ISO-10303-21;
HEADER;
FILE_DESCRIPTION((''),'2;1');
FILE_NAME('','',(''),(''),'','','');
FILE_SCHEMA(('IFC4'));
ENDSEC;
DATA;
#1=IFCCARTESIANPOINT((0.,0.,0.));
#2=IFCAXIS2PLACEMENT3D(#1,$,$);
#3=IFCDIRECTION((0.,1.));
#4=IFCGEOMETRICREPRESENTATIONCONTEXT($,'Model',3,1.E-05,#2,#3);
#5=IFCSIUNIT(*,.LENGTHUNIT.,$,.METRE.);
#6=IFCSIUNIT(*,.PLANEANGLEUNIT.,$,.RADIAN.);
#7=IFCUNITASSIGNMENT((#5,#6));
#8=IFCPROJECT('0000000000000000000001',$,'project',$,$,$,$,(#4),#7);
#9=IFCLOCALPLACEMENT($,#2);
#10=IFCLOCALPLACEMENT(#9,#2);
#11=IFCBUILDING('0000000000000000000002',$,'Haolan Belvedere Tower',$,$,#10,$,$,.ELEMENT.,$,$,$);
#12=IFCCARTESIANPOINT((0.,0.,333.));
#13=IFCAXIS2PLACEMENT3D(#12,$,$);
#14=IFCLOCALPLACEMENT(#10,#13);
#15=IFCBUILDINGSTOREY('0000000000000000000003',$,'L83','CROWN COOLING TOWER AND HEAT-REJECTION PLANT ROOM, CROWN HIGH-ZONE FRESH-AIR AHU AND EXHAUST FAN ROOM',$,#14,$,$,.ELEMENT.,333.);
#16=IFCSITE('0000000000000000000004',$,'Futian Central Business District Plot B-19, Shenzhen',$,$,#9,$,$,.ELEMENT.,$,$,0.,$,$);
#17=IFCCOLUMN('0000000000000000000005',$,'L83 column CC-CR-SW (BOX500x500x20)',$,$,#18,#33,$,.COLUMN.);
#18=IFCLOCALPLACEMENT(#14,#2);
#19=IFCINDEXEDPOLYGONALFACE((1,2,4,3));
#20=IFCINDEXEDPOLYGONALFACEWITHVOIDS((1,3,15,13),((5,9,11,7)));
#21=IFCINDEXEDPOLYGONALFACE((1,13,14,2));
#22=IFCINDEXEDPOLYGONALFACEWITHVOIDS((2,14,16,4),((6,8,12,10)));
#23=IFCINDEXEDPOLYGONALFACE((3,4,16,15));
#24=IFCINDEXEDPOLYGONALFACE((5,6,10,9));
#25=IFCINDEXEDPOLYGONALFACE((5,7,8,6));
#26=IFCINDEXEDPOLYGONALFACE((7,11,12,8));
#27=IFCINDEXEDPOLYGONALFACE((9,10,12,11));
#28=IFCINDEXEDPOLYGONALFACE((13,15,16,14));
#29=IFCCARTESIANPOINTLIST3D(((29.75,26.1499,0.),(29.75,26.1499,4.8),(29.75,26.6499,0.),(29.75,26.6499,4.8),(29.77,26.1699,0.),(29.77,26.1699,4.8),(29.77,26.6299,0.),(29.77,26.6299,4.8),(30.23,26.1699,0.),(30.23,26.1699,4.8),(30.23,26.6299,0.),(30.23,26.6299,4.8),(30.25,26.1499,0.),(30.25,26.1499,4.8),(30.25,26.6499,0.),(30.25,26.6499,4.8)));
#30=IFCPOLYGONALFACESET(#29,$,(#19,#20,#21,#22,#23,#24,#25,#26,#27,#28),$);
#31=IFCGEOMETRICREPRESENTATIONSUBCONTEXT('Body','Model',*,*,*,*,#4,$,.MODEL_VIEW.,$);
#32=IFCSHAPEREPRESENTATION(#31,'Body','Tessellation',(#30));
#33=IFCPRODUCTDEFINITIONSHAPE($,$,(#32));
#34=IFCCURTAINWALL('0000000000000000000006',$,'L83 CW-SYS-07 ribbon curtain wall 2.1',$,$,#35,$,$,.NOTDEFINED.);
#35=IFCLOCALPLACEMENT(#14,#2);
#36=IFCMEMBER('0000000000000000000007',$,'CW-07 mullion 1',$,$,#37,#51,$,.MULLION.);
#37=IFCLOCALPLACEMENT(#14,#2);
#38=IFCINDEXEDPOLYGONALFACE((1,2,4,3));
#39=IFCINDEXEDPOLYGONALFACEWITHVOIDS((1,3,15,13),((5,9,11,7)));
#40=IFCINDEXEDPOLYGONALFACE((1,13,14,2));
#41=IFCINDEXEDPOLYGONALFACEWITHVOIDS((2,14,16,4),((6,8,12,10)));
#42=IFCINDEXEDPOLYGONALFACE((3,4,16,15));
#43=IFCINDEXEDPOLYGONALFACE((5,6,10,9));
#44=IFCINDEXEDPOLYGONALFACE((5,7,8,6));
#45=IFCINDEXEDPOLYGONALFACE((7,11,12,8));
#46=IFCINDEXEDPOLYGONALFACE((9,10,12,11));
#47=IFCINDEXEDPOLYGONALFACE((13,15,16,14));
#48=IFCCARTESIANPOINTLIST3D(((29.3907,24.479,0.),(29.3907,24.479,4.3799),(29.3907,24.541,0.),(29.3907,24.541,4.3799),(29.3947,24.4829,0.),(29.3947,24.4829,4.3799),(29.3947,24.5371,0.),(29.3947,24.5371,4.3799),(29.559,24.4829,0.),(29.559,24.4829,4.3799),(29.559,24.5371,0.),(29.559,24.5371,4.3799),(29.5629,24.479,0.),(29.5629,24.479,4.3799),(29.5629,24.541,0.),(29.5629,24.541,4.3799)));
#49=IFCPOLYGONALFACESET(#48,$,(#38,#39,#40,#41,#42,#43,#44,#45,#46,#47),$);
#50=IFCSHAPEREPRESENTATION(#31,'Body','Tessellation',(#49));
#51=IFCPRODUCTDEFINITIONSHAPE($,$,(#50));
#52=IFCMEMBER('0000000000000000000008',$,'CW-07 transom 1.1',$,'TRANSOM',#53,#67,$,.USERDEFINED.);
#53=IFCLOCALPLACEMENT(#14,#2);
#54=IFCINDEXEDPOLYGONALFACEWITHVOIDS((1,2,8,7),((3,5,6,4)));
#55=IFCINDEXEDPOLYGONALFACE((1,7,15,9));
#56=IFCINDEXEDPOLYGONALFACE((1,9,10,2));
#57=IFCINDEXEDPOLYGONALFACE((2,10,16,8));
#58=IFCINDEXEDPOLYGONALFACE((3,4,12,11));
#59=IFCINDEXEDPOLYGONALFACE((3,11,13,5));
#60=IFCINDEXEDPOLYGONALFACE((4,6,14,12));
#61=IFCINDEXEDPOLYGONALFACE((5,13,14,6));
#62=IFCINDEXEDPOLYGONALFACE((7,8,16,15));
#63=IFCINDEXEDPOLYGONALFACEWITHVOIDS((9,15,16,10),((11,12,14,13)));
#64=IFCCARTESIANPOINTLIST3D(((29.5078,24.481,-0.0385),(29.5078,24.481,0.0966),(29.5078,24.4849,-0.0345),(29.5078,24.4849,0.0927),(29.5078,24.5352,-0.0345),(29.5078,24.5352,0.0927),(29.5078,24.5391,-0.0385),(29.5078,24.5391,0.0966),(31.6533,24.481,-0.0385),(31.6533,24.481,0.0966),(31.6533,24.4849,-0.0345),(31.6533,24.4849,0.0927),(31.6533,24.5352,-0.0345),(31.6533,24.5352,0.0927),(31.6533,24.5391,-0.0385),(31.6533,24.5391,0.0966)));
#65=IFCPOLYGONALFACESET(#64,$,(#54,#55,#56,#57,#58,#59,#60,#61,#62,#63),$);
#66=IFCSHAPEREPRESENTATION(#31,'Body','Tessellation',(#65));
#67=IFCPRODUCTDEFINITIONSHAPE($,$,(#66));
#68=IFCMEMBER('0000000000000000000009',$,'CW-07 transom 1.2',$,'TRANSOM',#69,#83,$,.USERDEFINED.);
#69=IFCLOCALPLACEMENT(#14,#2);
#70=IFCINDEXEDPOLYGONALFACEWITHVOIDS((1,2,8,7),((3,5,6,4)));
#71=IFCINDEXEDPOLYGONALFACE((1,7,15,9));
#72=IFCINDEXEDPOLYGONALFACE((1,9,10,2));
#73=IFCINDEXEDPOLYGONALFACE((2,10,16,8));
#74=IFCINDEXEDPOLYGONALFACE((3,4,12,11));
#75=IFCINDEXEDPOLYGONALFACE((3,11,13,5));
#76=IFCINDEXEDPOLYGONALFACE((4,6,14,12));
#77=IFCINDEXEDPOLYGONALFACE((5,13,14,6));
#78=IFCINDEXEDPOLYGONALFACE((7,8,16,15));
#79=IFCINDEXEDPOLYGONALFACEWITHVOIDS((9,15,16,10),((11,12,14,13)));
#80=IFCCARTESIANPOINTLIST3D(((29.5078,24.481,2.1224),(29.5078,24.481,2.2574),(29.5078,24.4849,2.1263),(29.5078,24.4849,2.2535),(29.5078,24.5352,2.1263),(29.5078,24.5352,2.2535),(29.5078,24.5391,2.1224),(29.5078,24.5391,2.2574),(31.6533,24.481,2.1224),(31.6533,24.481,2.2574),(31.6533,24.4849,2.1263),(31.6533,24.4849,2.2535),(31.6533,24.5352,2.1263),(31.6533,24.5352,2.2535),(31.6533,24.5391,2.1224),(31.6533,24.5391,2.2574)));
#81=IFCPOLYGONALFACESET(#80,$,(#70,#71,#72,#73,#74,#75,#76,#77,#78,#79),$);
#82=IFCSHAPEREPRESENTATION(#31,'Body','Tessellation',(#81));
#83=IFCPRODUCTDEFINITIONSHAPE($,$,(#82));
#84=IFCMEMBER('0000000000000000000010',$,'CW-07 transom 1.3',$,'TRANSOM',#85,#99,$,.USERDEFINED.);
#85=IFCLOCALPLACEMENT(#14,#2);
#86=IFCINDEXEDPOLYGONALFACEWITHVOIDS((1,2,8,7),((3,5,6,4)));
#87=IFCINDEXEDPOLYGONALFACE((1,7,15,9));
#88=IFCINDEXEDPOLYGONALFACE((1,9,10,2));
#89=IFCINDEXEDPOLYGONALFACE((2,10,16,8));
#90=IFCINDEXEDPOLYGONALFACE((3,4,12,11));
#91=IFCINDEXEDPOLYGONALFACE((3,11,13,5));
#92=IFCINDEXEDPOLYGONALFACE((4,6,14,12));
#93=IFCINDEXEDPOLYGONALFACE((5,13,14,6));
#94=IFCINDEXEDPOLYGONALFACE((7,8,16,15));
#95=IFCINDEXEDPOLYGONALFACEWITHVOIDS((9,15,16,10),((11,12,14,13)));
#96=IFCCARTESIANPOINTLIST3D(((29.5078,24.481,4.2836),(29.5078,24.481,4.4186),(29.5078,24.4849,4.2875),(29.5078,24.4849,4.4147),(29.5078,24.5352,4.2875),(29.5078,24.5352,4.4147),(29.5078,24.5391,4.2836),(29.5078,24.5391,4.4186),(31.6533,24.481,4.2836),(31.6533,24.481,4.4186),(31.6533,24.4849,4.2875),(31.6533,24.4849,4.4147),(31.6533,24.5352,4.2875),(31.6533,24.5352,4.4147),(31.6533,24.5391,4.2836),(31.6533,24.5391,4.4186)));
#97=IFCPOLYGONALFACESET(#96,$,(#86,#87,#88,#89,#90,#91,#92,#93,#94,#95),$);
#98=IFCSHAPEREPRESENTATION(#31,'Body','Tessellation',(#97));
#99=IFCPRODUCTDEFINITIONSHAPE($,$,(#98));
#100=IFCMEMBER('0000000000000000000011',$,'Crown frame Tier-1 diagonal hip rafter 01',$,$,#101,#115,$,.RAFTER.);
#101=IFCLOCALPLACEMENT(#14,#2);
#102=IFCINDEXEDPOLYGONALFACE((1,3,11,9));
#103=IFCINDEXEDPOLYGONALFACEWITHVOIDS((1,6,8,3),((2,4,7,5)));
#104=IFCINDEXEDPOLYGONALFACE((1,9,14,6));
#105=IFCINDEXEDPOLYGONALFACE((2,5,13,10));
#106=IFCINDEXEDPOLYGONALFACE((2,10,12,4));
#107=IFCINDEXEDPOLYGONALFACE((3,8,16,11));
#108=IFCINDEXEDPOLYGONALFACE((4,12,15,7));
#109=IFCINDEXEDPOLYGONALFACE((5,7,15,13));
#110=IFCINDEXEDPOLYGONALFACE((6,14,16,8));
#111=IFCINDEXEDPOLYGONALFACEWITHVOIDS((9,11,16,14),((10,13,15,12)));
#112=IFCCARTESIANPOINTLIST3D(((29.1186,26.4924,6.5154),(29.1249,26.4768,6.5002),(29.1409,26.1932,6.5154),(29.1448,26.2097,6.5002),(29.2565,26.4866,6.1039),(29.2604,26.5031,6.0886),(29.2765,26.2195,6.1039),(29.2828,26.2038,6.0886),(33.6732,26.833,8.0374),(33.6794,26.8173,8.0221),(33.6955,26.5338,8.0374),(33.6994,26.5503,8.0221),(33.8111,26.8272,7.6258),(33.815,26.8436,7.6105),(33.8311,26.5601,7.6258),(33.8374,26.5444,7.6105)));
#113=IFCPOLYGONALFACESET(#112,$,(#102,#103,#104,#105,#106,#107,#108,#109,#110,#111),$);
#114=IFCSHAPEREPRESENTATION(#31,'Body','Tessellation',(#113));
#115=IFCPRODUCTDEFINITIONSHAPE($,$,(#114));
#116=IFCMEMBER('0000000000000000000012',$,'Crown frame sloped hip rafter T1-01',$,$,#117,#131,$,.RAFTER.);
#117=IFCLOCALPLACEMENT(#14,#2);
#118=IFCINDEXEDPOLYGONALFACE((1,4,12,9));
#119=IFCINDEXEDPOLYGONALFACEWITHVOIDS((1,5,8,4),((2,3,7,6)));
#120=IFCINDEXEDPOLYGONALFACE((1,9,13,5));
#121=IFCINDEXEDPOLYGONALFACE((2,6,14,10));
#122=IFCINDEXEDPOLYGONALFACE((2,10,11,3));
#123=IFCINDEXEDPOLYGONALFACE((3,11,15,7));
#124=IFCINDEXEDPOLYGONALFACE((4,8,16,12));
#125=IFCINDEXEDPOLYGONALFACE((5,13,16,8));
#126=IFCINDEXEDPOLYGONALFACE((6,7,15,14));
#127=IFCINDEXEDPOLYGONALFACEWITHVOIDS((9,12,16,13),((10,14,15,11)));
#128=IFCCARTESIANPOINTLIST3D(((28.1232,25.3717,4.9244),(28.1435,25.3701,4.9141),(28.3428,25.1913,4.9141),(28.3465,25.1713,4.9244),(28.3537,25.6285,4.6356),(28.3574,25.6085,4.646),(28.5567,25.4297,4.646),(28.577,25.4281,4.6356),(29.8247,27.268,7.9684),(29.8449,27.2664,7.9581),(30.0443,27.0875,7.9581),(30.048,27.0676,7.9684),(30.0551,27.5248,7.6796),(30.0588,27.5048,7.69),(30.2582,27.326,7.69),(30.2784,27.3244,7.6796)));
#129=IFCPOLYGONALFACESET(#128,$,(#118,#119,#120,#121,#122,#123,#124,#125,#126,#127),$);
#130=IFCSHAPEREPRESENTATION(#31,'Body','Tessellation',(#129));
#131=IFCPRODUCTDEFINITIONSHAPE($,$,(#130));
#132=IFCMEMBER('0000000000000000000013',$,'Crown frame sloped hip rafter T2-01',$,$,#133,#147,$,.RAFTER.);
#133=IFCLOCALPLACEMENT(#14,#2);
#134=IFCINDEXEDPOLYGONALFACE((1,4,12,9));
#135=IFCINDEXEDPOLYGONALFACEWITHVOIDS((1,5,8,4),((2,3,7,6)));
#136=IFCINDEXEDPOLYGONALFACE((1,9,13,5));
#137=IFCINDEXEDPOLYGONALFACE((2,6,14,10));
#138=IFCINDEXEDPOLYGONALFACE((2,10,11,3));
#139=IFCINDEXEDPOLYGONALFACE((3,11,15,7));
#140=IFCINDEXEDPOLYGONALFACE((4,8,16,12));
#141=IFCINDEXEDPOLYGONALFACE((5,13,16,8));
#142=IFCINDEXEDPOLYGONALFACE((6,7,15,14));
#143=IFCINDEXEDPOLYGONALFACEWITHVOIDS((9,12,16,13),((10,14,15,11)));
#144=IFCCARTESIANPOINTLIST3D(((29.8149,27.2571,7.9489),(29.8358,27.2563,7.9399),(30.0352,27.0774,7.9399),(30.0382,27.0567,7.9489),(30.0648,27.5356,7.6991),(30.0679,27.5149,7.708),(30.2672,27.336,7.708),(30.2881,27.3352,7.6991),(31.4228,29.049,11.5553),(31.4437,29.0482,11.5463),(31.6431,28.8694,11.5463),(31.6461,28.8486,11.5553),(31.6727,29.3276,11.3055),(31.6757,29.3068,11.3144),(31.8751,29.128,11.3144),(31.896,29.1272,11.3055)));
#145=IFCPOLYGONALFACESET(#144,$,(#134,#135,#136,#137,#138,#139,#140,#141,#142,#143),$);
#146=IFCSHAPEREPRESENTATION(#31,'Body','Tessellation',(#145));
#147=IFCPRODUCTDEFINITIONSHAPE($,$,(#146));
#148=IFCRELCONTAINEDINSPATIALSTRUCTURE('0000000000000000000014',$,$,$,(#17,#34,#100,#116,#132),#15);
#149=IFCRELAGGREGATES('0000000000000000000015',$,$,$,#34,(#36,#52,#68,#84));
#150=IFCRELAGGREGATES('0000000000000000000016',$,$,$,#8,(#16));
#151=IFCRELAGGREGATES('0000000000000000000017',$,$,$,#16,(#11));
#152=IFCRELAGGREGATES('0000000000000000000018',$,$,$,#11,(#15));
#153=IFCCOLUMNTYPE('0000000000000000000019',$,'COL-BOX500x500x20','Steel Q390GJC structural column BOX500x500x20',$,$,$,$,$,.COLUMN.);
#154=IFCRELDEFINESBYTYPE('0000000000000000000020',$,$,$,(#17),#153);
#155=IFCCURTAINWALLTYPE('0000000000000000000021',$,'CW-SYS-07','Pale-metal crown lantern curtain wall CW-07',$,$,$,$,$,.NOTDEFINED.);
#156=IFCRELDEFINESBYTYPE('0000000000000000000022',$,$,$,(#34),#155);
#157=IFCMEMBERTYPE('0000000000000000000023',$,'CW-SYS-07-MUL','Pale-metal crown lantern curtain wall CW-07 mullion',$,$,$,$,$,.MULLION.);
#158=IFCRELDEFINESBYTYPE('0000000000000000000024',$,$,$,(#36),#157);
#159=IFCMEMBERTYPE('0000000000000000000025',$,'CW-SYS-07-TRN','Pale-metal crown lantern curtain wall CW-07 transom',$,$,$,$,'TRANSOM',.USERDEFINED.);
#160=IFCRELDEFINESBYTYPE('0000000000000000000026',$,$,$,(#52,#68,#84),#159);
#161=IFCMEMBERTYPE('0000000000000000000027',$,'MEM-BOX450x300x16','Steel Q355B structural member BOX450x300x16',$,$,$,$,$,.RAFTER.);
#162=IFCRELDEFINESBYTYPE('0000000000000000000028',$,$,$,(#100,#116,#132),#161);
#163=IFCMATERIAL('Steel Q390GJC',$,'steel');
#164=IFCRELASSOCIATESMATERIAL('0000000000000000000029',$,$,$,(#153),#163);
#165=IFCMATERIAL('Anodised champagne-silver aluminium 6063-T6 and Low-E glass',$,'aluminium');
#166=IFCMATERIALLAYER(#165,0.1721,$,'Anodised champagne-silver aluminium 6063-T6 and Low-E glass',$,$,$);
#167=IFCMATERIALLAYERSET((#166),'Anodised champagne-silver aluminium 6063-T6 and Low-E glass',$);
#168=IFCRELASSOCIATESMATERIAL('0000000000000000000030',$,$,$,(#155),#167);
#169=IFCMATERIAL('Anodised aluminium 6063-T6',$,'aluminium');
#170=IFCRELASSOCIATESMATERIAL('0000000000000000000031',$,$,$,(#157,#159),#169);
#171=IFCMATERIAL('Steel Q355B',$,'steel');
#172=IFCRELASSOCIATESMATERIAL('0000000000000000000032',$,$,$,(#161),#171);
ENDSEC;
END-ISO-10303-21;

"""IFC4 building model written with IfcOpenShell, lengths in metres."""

from ifc_helpers import new_model, si_unit, direction, frame, origin, origin_2d, place, context, subcontext, project, spatial, hollow_rectangle, extrude, material, layer, layer_set, material_profile, profile_set, type_object, element, aggregate, save


model = new_model("IFC4")

# Units and contexts
model_context = context("Model", 3, precision=1e-05, world=origin(), true_north=direction((0.0, 1.0)))
body_context = subcontext(model_context, "Body", "Model", "MODEL_VIEW")
ifc_project = project(units=[si_unit("LENGTHUNIT", "METRE"), si_unit("PLANEANGLEUNIT", "RADIAN")], contexts=[model_context])

# Site, building, storey
site_placement = place(None, origin())
site = spatial("IfcSite", under=ifc_project, at=site_placement, Name="Futian Central Business District Plot B-19, Shenzhen", CompositionType="ELEMENT", RefElevation=0.0)
building_placement = place(site_placement, origin())
building = spatial("IfcBuilding", under=site, at=building_placement, Name="Haolan Belvedere Tower", CompositionType="ELEMENT")
storey_placement = place(building_placement, frame((0.0, 0.0, 333.0)))
storey = spatial("IfcBuildingStorey", under=building, at=storey_placement, Name="L83", Description="CROWN COOLING TOWER AND HEAT-REJECTION PLANT ROOM, CROWN HIGH-ZONE FRESH-AIR AHU AND EXHAUST FAN ROOM", CompositionType="ELEMENT", Elevation=333.0)

# Column
ifc_material_1 = material(Name="Steel Q390GJC", Category="steel")
ifc_material_profile_1 = material_profile(ifc_material_1, hollow_rectangle(XDim=0.5, YDim=0.5, WallThickness=0.02, at=origin_2d()), Name="Steel Q390GJC")
ifc_profile_set_1 = profile_set([ifc_material_profile_1], Name="Steel Q390GJC")
column_type = type_object("IfcColumnType", Name="COL-BOX500x500x20", Description="Steel Q390GJC structural column BOX500x500x20", PredefinedType="COLUMN", material=ifc_profile_set_1)
column_placement = place(storey_placement, frame((30.0, 26.3999, 0.0), z_axis=(0.0, 0.0, 1.0), x_axis=(1.0, 0.0, 0.0)))
element("IfcColumn", 1, at=column_placement, inside=storey, type_object=column_type, Name="L83 column CC-CR-SW (BOX500x500x20)", PredefinedType="COLUMN", context=body_context, shape_type="SweptSolid", body=[
    extrude(hollow_rectangle(XDim=0.5, YDim=0.5, WallThickness=0.02, at=origin_2d()), origin(), (0.0, 0.0, 1.0), 4.8),
])

# Curtain wall, members
ifc_material_2 = material(Name="Anodised champagne-silver aluminium 6063-T6 and Low-E glass", Category="aluminium")
ifc_layer_1 = layer(ifc_material_2, 0.1721, Name="Anodised champagne-silver aluminium 6063-T6 and Low-E glass")
ifc_layer_set_1 = layer_set([ifc_layer_1], Name="Anodised champagne-silver aluminium 6063-T6 and Low-E glass")
curtain_wall_type = type_object("IfcCurtainWallType", Name="CW-SYS-07", Description="Pale-metal crown lantern curtain wall CW-07", PredefinedType="NOTDEFINED", material=ifc_layer_set_1)
curtain_wall_placement = place(storey_placement, origin())
curtain_wall = element("IfcCurtainWall", 2, at=curtain_wall_placement, inside=storey, type_object=curtain_wall_type, Name="L83 CW-SYS-07 ribbon curtain wall 2.1", PredefinedType="NOTDEFINED")
ifc_material_3 = material(Name="Anodised aluminium 6063-T6", Category="aluminium")
ifc_material_profile_2 = material_profile(ifc_material_3, hollow_rectangle(XDim=0.062, YDim=0.1721, WallThickness=0.0039, at=origin_2d()), Name="Anodised aluminium 6063-T6")
ifc_profile_set_2 = profile_set([ifc_material_profile_2], Name="Anodised aluminium 6063-T6")
member_type_1 = type_object("IfcMemberType", Name="CW-SYS-07-MUL", Description="Pale-metal crown lantern curtain wall CW-07 mullion", PredefinedType="MULLION", material=ifc_profile_set_2)
member_1_placement = place(storey_placement, frame((29.4768, 24.51, 0.0), z_axis=(0.0, 0.0, 1.0), x_axis=(0.0, 1.0, 0.0)))
member_1 = element("IfcMember", 3, at=member_1_placement, type_object=member_type_1, Name="CW-07 mullion 1", PredefinedType="MULLION", context=body_context, shape_type="SweptSolid", body=[
    extrude(hollow_rectangle(XDim=0.062, YDim=0.1721, WallThickness=0.0039, at=origin_2d()), origin(), (0.0, 0.0, 1.0), 4.3799),
])
ifc_material_profile_3 = material_profile(ifc_material_3, hollow_rectangle(XDim=0.0581, YDim=0.135, WallThickness=0.0039, at=origin_2d()), Name="Anodised aluminium 6063-T6")
ifc_profile_set_3 = profile_set([ifc_material_profile_3], Name="Anodised aluminium 6063-T6")
member_type_2 = type_object("IfcMemberType", Name="CW-SYS-07-TRN", Description="Pale-metal crown lantern curtain wall CW-07 transom", ElementType="TRANSOM", PredefinedType="USERDEFINED", material=ifc_profile_set_3)
member_2_placement = place(storey_placement, frame((29.5078, 24.51, 0.0291), z_axis=(1.0, 0.0, 0.0), x_axis=(0.0, 1.0, 0.0)))
member_2 = element("IfcMember", 4, at=member_2_placement, type_object=member_type_2, Name="CW-07 transom 1.1", ObjectType="TRANSOM", PredefinedType="USERDEFINED", context=body_context, shape_type="SweptSolid", body=[
    extrude(hollow_rectangle(XDim=0.0581, YDim=0.135, WallThickness=0.0039, at=origin_2d()), origin(), (0.0, 0.0, 1.0), 2.1455),
])
member_3_placement = place(storey_placement, frame((29.5078, 24.51, 2.1899), z_axis=(1.0, 0.0, 0.0), x_axis=(0.0, 1.0, 0.0)))
member_3 = element("IfcMember", 5, at=member_3_placement, type_object=member_type_2, Name="CW-07 transom 1.2", ObjectType="TRANSOM", PredefinedType="USERDEFINED", context=body_context, shape_type="SweptSolid", body=[
    extrude(hollow_rectangle(XDim=0.0581, YDim=0.135, WallThickness=0.0039, at=origin_2d()), origin(), (0.0, 0.0, 1.0), 2.1455),
])
member_4_placement = place(storey_placement, frame((29.5078, 24.51, 4.3511), z_axis=(1.0, 0.0, 0.0), x_axis=(0.0, 1.0, 0.0)))
member_4 = element("IfcMember", 6, at=member_4_placement, type_object=member_type_2, Name="CW-07 transom 1.3", ObjectType="TRANSOM", PredefinedType="USERDEFINED", context=body_context, shape_type="SweptSolid", body=[
    extrude(hollow_rectangle(XDim=0.0581, YDim=0.135, WallThickness=0.0039, at=origin_2d()), origin(), (0.0, 0.0, 1.0), 2.1455),
])
aggregate(curtain_wall, [member_1, member_2, member_3, member_4])

# Members
ifc_material_4 = material(Name="Steel Q355B", Category="steel")
ifc_material_profile_4 = material_profile(ifc_material_4, hollow_rectangle(XDim=0.3, YDim=0.45, WallThickness=0.0161, at=origin_2d()), Name="Steel Q355B")
ifc_profile_set_4 = profile_set([ifc_material_profile_4], Name="Steel Q355B")
member_type_3 = type_object("IfcMemberType", Name="MEM-BOX450x300x16", Description="Steel Q355B structural member BOX450x300x16", PredefinedType="RAFTER", material=ifc_profile_set_4)
member_5_placement = place(storey_placement, frame((29.2007, 26.3481, 6.302), z_axis=(0.946073, 0.070742, 0.316135), x_axis=(-0.074567, 0.997216, 0.0)))
element("IfcMember", 7, at=member_5_placement, inside=storey, type_object=member_type_3, Name="Crown frame Tier-1 diagonal hip rafter 01", PredefinedType="RAFTER", context=body_context, shape_type="SweptSolid", body=[
    extrude(hollow_rectangle(XDim=0.3, YDim=0.45, WallThickness=0.0161, at=origin_2d()), origin(), (0.0, 0.0, 1.0), 4.8142),
])
member_6_placement = place(storey_placement, frame((28.3501, 25.3999, 4.78), z_axis=(0.428633, 0.477714, 0.766853), x_axis=(-0.744308, 0.667836, 0.0)))
element("IfcMember", 8, at=member_6_placement, inside=storey, type_object=member_type_3, Name="Crown frame sloped hip rafter T1-01", PredefinedType="RAFTER", context=body_context, shape_type="SweptSolid", body=[
    extrude(hollow_rectangle(XDim=0.3, YDim=0.45, WallThickness=0.0161, at=origin_2d()), origin(), (0.0, 0.0, 1.0), 3.9695),
])
member_7_placement = place(storey_placement, frame((30.0515, 27.2961, 7.824), z_axis=(0.370807, 0.413259, 0.831697), x_axis=(-0.744302, 0.667843, 0.0)))
element("IfcMember", 9, at=member_7_placement, inside=storey, type_object=member_type_3, Name="Crown frame sloped hip rafter T2-01", PredefinedType="RAFTER", context=body_context, shape_type="SweptSolid", body=[
    extrude(hollow_rectangle(XDim=0.3, YDim=0.45, WallThickness=0.0161, at=origin_2d()), origin(), (0.0, 0.0, 1.0), 4.3362),
])

save(model, "model.ifc")
